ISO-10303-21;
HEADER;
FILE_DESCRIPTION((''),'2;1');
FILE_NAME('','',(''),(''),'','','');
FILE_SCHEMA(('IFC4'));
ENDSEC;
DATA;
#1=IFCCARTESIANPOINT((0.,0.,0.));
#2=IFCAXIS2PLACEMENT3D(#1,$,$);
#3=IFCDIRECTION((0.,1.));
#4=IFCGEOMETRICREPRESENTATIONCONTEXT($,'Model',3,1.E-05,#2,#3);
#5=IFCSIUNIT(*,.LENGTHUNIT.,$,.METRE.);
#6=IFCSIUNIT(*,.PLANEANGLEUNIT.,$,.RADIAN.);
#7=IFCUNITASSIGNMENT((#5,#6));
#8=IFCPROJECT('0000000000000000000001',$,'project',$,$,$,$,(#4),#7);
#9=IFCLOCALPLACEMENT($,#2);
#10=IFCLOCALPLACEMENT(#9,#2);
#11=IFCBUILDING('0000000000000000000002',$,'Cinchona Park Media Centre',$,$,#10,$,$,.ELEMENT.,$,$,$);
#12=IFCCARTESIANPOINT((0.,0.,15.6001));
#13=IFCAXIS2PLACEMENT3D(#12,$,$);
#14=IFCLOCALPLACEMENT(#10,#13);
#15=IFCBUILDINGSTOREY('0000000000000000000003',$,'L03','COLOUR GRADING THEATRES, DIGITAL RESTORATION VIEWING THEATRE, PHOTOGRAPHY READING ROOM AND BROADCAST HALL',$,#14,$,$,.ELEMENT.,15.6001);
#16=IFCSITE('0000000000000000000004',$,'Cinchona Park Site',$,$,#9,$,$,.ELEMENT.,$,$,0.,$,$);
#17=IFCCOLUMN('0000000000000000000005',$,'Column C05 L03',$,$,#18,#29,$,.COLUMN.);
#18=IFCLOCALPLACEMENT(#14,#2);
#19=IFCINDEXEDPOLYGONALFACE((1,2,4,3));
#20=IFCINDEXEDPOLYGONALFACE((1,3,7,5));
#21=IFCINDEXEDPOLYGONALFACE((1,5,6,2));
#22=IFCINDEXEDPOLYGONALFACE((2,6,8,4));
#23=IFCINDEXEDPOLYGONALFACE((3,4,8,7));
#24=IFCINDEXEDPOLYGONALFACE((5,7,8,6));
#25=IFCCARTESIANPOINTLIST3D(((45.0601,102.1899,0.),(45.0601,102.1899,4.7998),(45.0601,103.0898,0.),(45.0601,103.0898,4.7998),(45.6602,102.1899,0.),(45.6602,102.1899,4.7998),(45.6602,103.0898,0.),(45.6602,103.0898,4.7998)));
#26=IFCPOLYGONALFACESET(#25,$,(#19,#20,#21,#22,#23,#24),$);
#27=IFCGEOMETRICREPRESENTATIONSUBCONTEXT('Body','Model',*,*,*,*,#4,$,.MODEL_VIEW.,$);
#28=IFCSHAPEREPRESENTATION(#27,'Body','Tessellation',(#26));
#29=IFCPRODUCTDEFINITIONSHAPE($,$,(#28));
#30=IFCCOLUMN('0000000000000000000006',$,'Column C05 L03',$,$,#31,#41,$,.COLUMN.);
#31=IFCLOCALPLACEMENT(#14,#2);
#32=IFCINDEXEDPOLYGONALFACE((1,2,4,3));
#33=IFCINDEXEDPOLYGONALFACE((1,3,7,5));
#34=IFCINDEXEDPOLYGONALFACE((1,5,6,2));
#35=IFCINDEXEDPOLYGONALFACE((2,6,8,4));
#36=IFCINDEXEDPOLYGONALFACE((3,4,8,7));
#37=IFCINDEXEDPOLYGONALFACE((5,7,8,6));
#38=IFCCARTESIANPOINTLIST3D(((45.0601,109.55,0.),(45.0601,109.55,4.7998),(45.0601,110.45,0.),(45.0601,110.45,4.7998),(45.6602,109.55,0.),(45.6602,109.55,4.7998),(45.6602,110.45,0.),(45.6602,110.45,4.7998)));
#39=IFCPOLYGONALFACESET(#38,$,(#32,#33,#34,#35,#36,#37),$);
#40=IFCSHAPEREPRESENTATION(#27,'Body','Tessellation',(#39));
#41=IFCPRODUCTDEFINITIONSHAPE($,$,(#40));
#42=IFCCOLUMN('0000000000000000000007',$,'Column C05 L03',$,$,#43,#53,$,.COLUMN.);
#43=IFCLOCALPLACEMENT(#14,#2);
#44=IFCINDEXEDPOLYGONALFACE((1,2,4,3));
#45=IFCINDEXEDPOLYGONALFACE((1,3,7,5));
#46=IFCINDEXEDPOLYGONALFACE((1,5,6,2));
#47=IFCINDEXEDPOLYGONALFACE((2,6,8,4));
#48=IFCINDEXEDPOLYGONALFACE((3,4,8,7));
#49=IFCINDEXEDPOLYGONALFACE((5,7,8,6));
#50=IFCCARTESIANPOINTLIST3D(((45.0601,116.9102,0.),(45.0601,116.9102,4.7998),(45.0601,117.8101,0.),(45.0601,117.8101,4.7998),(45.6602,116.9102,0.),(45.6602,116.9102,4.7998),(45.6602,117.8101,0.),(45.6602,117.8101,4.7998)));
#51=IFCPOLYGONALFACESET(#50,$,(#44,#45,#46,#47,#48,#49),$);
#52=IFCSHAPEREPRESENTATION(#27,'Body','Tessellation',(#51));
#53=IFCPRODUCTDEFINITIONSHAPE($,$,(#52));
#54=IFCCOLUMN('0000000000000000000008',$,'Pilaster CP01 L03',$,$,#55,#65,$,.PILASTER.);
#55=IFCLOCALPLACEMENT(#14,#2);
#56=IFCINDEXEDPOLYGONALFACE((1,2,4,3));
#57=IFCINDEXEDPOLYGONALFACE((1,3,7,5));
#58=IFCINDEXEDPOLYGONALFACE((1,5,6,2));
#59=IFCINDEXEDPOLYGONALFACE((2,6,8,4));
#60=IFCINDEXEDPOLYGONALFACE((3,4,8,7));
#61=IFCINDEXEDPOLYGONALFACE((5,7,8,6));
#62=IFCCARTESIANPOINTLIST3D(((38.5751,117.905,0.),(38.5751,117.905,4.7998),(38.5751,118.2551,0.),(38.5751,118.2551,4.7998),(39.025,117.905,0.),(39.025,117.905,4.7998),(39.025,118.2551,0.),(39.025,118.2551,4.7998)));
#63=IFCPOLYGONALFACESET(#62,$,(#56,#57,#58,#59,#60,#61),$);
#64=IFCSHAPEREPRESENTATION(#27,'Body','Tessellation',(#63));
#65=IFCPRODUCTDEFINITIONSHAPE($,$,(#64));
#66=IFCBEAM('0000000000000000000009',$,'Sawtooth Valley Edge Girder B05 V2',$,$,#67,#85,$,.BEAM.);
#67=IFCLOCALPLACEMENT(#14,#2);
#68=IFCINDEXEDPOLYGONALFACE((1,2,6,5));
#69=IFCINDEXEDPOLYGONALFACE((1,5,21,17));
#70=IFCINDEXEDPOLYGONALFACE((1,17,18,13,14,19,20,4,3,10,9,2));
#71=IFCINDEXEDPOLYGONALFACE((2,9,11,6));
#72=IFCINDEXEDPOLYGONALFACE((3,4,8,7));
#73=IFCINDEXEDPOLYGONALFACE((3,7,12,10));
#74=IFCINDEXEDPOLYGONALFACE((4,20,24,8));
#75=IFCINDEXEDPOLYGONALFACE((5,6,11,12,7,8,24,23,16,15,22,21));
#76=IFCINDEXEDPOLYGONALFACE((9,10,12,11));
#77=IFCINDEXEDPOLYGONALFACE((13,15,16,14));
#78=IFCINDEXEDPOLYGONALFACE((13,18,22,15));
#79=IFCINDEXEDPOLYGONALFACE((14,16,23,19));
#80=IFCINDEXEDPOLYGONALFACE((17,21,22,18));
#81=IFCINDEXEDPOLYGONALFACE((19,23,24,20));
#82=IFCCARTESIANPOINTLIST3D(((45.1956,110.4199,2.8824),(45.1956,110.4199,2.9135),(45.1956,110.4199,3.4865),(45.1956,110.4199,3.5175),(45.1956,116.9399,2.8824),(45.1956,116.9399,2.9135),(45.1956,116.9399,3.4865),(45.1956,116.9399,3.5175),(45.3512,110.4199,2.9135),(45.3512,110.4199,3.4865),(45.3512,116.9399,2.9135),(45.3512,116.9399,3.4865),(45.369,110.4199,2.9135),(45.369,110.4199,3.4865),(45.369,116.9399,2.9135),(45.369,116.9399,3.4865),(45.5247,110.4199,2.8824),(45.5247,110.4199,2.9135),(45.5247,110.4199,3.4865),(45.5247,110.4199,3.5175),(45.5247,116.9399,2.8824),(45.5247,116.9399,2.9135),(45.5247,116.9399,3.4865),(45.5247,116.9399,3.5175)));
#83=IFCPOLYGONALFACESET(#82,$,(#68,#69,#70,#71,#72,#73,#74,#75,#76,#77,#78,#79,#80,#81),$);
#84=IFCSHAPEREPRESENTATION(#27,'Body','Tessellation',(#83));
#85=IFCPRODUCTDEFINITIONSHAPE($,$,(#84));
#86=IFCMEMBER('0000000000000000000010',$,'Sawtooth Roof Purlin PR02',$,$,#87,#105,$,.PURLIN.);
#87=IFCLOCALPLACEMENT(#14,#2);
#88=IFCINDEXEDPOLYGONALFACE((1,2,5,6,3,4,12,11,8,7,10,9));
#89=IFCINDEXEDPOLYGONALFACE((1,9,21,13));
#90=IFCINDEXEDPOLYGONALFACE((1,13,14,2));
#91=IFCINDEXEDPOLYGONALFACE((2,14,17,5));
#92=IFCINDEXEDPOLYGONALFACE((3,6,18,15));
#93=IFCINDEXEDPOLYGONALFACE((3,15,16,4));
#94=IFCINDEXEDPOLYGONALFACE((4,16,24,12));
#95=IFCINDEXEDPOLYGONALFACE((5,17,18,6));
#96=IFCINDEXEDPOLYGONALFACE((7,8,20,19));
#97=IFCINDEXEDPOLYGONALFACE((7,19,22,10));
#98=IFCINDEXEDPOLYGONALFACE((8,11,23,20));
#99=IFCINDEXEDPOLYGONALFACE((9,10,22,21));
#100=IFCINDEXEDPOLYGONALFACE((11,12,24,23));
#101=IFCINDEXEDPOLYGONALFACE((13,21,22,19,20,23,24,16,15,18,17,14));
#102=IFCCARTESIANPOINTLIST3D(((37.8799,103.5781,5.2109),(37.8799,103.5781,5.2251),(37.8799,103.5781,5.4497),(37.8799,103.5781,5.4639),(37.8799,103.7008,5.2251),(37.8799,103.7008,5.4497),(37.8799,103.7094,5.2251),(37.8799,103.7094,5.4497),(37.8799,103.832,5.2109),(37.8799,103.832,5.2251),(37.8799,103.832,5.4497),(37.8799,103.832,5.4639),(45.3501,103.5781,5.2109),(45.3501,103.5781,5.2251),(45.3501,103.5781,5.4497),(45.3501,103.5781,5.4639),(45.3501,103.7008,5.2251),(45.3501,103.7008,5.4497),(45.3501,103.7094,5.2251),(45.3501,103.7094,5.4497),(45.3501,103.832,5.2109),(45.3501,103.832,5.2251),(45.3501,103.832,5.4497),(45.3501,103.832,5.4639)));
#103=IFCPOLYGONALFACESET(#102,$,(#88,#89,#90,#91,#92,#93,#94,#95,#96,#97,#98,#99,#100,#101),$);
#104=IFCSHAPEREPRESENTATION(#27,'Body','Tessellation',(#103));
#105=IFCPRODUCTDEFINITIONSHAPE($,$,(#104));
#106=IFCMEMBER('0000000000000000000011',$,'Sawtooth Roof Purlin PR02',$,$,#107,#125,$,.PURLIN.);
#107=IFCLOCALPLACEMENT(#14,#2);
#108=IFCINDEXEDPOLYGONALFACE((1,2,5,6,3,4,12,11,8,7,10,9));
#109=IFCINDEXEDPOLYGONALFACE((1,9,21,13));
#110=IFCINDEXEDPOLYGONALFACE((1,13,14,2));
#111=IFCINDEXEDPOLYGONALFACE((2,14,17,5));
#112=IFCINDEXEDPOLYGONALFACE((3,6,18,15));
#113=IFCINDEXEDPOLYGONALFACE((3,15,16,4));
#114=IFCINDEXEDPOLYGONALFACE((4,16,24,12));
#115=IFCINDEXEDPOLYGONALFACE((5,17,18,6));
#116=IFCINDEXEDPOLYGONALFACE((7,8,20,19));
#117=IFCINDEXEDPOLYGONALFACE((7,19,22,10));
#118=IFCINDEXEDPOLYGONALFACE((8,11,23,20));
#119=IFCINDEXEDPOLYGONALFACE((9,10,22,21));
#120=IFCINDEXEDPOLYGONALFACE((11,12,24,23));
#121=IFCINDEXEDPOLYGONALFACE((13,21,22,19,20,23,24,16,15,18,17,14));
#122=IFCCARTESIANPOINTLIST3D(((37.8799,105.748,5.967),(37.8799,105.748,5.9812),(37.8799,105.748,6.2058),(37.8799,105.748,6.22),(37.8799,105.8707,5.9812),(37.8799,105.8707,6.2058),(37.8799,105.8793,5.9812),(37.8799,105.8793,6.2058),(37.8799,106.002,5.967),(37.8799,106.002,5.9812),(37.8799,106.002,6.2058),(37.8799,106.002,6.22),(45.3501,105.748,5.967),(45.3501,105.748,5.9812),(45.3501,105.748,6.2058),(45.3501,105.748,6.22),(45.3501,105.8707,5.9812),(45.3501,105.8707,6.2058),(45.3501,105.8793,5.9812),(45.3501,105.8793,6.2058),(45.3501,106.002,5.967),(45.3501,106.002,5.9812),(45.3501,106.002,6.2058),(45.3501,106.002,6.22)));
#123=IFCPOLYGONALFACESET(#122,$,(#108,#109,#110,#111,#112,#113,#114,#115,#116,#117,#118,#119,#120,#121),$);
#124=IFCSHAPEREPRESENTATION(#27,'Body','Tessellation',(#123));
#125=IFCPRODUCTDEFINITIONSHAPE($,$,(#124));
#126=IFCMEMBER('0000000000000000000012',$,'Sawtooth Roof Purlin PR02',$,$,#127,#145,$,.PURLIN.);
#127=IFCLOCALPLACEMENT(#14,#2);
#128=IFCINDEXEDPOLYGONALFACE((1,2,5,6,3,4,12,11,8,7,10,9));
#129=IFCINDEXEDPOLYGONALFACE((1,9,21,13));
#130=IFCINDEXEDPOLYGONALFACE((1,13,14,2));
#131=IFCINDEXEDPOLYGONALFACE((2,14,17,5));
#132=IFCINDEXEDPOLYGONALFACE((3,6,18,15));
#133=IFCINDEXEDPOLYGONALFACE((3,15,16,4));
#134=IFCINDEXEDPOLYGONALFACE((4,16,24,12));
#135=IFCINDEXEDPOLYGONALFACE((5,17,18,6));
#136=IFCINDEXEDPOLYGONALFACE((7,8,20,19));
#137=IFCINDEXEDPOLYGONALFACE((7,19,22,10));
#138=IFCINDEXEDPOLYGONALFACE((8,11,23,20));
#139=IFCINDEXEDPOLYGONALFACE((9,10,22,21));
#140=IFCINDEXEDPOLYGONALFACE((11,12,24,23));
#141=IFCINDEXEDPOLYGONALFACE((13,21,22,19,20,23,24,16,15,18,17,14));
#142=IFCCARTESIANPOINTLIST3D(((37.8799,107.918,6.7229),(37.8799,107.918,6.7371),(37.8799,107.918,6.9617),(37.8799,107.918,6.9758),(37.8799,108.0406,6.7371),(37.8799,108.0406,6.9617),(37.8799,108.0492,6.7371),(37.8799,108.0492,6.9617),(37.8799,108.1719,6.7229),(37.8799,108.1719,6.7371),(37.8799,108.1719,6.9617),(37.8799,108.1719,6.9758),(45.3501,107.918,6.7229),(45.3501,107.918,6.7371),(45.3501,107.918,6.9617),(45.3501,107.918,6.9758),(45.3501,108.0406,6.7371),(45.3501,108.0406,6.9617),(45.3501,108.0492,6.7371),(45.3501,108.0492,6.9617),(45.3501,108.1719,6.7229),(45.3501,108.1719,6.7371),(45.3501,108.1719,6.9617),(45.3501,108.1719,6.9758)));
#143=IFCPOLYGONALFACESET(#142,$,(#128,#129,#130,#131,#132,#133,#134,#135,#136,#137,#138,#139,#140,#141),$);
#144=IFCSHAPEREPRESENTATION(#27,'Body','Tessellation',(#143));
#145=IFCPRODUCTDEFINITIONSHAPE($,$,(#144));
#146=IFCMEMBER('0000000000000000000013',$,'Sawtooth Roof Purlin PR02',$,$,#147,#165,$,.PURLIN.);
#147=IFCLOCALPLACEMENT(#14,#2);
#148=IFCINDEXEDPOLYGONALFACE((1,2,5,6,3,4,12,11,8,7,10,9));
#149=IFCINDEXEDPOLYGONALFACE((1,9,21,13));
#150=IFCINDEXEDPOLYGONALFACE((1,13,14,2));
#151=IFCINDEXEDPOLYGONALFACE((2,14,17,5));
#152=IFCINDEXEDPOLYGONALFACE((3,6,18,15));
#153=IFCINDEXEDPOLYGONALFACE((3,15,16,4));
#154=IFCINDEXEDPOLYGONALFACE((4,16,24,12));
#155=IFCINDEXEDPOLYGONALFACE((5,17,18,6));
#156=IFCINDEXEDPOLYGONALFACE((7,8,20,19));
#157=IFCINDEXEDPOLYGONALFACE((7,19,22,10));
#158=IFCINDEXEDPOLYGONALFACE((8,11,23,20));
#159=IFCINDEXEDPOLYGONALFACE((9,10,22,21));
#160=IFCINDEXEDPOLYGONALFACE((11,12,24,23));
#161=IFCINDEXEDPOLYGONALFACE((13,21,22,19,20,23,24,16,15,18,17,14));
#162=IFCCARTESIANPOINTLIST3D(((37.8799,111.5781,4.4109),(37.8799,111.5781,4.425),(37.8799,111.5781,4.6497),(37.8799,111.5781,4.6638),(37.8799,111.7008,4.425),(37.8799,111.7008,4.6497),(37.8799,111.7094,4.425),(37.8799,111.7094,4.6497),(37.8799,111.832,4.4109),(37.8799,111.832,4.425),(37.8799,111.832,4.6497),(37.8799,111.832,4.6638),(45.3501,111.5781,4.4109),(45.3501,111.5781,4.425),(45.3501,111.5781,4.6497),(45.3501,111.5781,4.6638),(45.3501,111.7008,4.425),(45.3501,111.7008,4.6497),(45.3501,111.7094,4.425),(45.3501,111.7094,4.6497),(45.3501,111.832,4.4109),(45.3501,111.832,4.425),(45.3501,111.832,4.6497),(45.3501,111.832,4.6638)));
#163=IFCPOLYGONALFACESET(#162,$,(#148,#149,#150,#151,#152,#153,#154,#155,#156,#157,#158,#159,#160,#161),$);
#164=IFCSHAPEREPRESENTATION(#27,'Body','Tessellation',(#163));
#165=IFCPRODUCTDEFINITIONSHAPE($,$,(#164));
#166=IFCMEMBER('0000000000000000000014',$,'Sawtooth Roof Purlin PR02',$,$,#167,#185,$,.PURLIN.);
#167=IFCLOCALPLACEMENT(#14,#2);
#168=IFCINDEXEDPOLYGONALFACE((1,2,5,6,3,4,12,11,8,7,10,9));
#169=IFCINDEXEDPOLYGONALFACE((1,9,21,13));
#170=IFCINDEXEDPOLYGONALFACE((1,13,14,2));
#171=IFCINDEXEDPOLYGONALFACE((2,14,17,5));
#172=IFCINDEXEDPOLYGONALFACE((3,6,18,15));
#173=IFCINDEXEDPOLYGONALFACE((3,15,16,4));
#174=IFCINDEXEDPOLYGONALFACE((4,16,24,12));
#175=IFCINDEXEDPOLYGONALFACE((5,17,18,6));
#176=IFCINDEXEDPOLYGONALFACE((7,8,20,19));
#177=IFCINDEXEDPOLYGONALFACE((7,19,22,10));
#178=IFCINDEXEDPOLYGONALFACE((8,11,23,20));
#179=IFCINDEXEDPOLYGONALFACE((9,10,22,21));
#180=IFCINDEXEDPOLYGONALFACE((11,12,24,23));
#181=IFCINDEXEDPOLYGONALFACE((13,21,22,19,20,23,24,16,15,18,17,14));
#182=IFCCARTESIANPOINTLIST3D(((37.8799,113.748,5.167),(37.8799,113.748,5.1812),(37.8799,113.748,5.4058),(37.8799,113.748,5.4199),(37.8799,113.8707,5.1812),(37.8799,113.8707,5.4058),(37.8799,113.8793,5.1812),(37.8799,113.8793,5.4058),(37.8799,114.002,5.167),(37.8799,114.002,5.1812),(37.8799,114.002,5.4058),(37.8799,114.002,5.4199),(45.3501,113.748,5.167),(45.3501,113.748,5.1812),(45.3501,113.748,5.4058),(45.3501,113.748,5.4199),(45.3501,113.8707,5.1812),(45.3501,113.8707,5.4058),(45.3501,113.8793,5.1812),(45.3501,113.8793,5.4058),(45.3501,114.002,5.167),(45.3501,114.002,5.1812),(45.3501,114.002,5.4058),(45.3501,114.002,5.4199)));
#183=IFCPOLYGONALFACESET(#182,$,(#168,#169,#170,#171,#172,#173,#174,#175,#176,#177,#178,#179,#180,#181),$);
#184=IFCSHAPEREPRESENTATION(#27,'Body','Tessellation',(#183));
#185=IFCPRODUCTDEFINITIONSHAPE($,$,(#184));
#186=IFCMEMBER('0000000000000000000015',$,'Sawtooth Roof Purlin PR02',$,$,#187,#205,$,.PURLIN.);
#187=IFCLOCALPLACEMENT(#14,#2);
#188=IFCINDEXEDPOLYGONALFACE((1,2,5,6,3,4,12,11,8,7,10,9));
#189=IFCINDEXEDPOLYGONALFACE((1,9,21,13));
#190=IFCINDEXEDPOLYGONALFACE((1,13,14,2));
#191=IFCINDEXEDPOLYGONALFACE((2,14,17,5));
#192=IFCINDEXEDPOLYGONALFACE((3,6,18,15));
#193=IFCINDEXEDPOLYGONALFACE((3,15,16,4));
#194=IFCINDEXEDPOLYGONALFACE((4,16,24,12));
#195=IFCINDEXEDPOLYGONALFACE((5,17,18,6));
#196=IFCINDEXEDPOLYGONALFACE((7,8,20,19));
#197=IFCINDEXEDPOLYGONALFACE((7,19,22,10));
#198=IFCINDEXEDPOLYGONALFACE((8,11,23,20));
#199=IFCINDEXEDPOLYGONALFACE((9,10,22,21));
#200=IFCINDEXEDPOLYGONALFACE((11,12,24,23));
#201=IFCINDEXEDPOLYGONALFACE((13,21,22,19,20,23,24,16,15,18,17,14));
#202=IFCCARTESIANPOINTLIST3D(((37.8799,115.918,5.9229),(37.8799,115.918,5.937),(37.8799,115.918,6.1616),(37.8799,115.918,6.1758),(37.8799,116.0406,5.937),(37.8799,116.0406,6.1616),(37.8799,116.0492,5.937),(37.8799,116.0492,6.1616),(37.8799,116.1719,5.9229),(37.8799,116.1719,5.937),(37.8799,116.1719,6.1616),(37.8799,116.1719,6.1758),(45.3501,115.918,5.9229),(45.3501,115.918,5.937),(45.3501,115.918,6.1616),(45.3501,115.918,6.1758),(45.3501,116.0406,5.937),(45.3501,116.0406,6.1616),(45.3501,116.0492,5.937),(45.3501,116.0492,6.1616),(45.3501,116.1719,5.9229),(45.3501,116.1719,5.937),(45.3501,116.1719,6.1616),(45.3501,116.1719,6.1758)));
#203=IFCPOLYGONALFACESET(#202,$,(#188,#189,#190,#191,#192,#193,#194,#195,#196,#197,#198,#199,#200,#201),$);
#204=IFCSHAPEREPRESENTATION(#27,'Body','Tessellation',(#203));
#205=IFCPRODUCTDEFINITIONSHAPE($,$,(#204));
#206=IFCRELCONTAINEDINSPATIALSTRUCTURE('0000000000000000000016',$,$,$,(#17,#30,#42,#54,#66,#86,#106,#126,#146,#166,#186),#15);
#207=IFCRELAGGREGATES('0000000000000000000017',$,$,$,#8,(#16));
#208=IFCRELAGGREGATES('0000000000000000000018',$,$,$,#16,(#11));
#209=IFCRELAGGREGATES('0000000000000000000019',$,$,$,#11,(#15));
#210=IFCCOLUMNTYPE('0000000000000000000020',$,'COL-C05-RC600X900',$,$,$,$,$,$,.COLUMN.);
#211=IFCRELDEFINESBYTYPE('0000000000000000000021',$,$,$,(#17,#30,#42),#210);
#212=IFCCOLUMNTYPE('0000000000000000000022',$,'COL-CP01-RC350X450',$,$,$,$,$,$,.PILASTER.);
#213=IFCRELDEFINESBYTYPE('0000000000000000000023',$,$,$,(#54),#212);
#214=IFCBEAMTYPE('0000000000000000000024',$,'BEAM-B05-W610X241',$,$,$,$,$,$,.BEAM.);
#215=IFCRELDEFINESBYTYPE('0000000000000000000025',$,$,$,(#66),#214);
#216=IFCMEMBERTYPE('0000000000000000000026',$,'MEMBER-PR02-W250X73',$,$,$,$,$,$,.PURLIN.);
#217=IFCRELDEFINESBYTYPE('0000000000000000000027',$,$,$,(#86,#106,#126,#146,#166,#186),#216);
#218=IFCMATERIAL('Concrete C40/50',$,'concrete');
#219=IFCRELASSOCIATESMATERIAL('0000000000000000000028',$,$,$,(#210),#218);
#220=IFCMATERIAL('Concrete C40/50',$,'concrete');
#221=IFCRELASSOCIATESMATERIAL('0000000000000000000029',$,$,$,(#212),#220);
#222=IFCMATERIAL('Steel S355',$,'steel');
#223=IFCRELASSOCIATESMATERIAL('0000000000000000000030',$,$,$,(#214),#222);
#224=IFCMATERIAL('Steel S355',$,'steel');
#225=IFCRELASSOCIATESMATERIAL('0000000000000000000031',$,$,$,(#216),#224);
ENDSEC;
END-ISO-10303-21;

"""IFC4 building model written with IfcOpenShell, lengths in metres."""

from ifc_helpers import new_model, si_unit, direction, frame, origin, origin_2d, place, context, subcontext, project, spatial, rectangle, i_section, extrude, material, material_profile, profile_set, type_object, element, save


model = new_model("IFC4")

# Units and contexts
model_context = context("Model", 3, precision=1e-05, world=origin(), true_north=direction((0.0, 1.0)))
body_context = subcontext(model_context, "Body", "Model", "MODEL_VIEW")
ifc_project = project(units=[si_unit("LENGTHUNIT", "METRE"), si_unit("PLANEANGLEUNIT", "RADIAN")], contexts=[model_context])

# Site, building, storey
site_placement = place(None, origin())
site = spatial("IfcSite", under=ifc_project, at=site_placement, Name="Cinchona Park Site", CompositionType="ELEMENT", RefElevation=0.0)
building_placement = place(site_placement, origin())
building = spatial("IfcBuilding", under=site, at=building_placement, Name="Cinchona Park Media Centre", CompositionType="ELEMENT")
storey_placement = place(building_placement, frame((0.0, 0.0, 15.6001)))
storey = spatial("IfcBuildingStorey", under=building, at=storey_placement, Name="L03", Description="COLOUR GRADING THEATRES, DIGITAL RESTORATION VIEWING THEATRE, PHOTOGRAPHY READING ROOM AND BROADCAST HALL", CompositionType="ELEMENT", Elevation=15.6001)

# Columns
ifc_material_1 = material(Name="Concrete C40/50", Category="concrete")
ifc_material_profile_1 = material_profile(ifc_material_1, rectangle(XDim=0.6001, YDim=0.8999, at=origin_2d()), Name="RC 600X900")
ifc_profile_set_1 = profile_set([ifc_material_profile_1], Name="Concrete C40/50")
column_type_1 = type_object("IfcColumnType", Name="COL-C05-RC600X900", PredefinedType="COLUMN", material=ifc_profile_set_1)
for number, where, z_axis, x_axis, name in (
    (1, (45.3601, 102.6399, 0.0), (0.0, 0.0, 1.0), (1.0, 0.0, 0.0), "Column C05 L03"),
    (2, (45.3601, 110.0, 0.0), (0.0, 0.0, 1.0), (1.0, 0.0, 0.0), "Column C05 L03"),
    (3, (45.3601, 117.3601, 0.0), (0.0, 0.0, 1.0), (1.0, 0.0, 0.0), "Column C05 L03"),
):
    element("IfcColumn", number, at=place(storey_placement, frame(where, z_axis=z_axis, x_axis=x_axis)), inside=storey, type_object=column_type_1, Name=name, PredefinedType="COLUMN", context=body_context, shape_type="SweptSolid", body=[
        extrude(rectangle(XDim=0.6001, YDim=0.8999, at=origin_2d()), origin(), (0.0, 0.0, 1.0), 4.7998),
    ])
ifc_material_2 = material(Name="Concrete C40/50", Category="concrete")
ifc_material_profile_2 = material_profile(ifc_material_2, rectangle(XDim=0.3501, YDim=0.45, at=origin_2d()), Name="RC 350X450")
ifc_profile_set_2 = profile_set([ifc_material_profile_2], Name="Concrete C40/50")
column_type_2 = type_object("IfcColumnType", Name="COL-CP01-RC350X450", PredefinedType="PILASTER", material=ifc_profile_set_2)
column_placement = place(storey_placement, frame((38.8, 118.0801, 0.0), z_axis=(0.0, 0.0, 1.0), x_axis=(0.0, 1.0, 0.0)))
element("IfcColumn", 4, at=column_placement, inside=storey, type_object=column_type_2, Name="Pilaster CP01 L03", PredefinedType="PILASTER", context=body_context, shape_type="SweptSolid", body=[
    extrude(rectangle(XDim=0.3501, YDim=0.45, at=origin_2d()), origin(), (0.0, 0.0, 1.0), 4.7998),
])

# Beam
ifc_material_3 = material(Name="Steel S355", Category="steel")
ifc_material_profile_3 = material_profile(ifc_material_3, i_section(OverallWidth=0.3291, OverallDepth=0.635, WebThickness=0.0178, FlangeThickness=0.031, at=origin_2d()), Name="W610X241")
ifc_profile_set_3 = profile_set([ifc_material_profile_3], Name="Steel S355")
beam_type = type_object("IfcBeamType", Name="BEAM-B05-W610X241", PredefinedType="BEAM", material=ifc_profile_set_3)
beam_placement = place(storey_placement, frame((45.3601, 110.4199, 3.2), z_axis=(0.0, 1.0, 0.0), x_axis=(-1.0, 0.0, 0.0)))
element("IfcBeam", 5, at=beam_placement, inside=storey, type_object=beam_type, Name="Sawtooth Valley Edge Girder B05 V2", PredefinedType="BEAM", context=body_context, shape_type="SweptSolid", body=[
    extrude(i_section(OverallWidth=0.3291, OverallDepth=0.635, WebThickness=0.0178, FlangeThickness=0.031, at=origin_2d()), origin(), (0.0, 0.0, 1.0), 6.52),
])

# Members
ifc_material_4 = material(Name="Steel S355", Category="steel")
ifc_material_profile_4 = material_profile(ifc_material_4, i_section(OverallWidth=0.2539, OverallDepth=0.2529, WebThickness=0.0085, FlangeThickness=0.0142, at=origin_2d()), Name="W250X73")
ifc_profile_set_4 = profile_set([ifc_material_profile_4], Name="Steel S355")
member_type_1 = type_object("IfcMemberType", Name="MEMBER-PR02-W250X73", PredefinedType="PURLIN", material=ifc_profile_set_4)
for number, where, z_axis, x_axis, name in (
    (6, (37.8799, 103.7051, 5.3374), (1.0, 0.0, 0.0), (0.0, 1.0, 0.0), "Sawtooth Roof Purlin PR02"),
    (7, (37.8799, 105.875, 6.0935), (1.0, 0.0, 0.0), (0.0, 1.0, 0.0), "Sawtooth Roof Purlin PR02"),
    (8, (37.8799, 108.0449, 6.8494), (1.0, 0.0, 0.0), (0.0, 1.0, 0.0), "Sawtooth Roof Purlin PR02"),
    (9, (37.8799, 111.7051, 4.5374), (1.0, 0.0, 0.0), (0.0, 1.0, 0.0), "Sawtooth Roof Purlin PR02"),
    (10, (37.8799, 113.875, 5.2935), (1.0, 0.0, 0.0), (0.0, 1.0, 0.0), "Sawtooth Roof Purlin PR02"),
    (11, (37.8799, 116.0449, 6.0493), (1.0, 0.0, 0.0), (0.0, 1.0, 0.0), "Sawtooth Roof Purlin PR02"),
):
    element("IfcMember", number, at=place(storey_placement, frame(where, z_axis=z_axis, x_axis=x_axis)), inside=storey, type_object=member_type_1, Name=name, PredefinedType="PURLIN", context=body_context, shape_type="SweptSolid", body=[
        extrude(i_section(OverallWidth=0.2539, OverallDepth=0.2529, WebThickness=0.0085, FlangeThickness=0.0142, at=origin_2d()), origin(), (0.0, 0.0, 1.0), 7.4702),
    ])

save(model, "model.ifc")
